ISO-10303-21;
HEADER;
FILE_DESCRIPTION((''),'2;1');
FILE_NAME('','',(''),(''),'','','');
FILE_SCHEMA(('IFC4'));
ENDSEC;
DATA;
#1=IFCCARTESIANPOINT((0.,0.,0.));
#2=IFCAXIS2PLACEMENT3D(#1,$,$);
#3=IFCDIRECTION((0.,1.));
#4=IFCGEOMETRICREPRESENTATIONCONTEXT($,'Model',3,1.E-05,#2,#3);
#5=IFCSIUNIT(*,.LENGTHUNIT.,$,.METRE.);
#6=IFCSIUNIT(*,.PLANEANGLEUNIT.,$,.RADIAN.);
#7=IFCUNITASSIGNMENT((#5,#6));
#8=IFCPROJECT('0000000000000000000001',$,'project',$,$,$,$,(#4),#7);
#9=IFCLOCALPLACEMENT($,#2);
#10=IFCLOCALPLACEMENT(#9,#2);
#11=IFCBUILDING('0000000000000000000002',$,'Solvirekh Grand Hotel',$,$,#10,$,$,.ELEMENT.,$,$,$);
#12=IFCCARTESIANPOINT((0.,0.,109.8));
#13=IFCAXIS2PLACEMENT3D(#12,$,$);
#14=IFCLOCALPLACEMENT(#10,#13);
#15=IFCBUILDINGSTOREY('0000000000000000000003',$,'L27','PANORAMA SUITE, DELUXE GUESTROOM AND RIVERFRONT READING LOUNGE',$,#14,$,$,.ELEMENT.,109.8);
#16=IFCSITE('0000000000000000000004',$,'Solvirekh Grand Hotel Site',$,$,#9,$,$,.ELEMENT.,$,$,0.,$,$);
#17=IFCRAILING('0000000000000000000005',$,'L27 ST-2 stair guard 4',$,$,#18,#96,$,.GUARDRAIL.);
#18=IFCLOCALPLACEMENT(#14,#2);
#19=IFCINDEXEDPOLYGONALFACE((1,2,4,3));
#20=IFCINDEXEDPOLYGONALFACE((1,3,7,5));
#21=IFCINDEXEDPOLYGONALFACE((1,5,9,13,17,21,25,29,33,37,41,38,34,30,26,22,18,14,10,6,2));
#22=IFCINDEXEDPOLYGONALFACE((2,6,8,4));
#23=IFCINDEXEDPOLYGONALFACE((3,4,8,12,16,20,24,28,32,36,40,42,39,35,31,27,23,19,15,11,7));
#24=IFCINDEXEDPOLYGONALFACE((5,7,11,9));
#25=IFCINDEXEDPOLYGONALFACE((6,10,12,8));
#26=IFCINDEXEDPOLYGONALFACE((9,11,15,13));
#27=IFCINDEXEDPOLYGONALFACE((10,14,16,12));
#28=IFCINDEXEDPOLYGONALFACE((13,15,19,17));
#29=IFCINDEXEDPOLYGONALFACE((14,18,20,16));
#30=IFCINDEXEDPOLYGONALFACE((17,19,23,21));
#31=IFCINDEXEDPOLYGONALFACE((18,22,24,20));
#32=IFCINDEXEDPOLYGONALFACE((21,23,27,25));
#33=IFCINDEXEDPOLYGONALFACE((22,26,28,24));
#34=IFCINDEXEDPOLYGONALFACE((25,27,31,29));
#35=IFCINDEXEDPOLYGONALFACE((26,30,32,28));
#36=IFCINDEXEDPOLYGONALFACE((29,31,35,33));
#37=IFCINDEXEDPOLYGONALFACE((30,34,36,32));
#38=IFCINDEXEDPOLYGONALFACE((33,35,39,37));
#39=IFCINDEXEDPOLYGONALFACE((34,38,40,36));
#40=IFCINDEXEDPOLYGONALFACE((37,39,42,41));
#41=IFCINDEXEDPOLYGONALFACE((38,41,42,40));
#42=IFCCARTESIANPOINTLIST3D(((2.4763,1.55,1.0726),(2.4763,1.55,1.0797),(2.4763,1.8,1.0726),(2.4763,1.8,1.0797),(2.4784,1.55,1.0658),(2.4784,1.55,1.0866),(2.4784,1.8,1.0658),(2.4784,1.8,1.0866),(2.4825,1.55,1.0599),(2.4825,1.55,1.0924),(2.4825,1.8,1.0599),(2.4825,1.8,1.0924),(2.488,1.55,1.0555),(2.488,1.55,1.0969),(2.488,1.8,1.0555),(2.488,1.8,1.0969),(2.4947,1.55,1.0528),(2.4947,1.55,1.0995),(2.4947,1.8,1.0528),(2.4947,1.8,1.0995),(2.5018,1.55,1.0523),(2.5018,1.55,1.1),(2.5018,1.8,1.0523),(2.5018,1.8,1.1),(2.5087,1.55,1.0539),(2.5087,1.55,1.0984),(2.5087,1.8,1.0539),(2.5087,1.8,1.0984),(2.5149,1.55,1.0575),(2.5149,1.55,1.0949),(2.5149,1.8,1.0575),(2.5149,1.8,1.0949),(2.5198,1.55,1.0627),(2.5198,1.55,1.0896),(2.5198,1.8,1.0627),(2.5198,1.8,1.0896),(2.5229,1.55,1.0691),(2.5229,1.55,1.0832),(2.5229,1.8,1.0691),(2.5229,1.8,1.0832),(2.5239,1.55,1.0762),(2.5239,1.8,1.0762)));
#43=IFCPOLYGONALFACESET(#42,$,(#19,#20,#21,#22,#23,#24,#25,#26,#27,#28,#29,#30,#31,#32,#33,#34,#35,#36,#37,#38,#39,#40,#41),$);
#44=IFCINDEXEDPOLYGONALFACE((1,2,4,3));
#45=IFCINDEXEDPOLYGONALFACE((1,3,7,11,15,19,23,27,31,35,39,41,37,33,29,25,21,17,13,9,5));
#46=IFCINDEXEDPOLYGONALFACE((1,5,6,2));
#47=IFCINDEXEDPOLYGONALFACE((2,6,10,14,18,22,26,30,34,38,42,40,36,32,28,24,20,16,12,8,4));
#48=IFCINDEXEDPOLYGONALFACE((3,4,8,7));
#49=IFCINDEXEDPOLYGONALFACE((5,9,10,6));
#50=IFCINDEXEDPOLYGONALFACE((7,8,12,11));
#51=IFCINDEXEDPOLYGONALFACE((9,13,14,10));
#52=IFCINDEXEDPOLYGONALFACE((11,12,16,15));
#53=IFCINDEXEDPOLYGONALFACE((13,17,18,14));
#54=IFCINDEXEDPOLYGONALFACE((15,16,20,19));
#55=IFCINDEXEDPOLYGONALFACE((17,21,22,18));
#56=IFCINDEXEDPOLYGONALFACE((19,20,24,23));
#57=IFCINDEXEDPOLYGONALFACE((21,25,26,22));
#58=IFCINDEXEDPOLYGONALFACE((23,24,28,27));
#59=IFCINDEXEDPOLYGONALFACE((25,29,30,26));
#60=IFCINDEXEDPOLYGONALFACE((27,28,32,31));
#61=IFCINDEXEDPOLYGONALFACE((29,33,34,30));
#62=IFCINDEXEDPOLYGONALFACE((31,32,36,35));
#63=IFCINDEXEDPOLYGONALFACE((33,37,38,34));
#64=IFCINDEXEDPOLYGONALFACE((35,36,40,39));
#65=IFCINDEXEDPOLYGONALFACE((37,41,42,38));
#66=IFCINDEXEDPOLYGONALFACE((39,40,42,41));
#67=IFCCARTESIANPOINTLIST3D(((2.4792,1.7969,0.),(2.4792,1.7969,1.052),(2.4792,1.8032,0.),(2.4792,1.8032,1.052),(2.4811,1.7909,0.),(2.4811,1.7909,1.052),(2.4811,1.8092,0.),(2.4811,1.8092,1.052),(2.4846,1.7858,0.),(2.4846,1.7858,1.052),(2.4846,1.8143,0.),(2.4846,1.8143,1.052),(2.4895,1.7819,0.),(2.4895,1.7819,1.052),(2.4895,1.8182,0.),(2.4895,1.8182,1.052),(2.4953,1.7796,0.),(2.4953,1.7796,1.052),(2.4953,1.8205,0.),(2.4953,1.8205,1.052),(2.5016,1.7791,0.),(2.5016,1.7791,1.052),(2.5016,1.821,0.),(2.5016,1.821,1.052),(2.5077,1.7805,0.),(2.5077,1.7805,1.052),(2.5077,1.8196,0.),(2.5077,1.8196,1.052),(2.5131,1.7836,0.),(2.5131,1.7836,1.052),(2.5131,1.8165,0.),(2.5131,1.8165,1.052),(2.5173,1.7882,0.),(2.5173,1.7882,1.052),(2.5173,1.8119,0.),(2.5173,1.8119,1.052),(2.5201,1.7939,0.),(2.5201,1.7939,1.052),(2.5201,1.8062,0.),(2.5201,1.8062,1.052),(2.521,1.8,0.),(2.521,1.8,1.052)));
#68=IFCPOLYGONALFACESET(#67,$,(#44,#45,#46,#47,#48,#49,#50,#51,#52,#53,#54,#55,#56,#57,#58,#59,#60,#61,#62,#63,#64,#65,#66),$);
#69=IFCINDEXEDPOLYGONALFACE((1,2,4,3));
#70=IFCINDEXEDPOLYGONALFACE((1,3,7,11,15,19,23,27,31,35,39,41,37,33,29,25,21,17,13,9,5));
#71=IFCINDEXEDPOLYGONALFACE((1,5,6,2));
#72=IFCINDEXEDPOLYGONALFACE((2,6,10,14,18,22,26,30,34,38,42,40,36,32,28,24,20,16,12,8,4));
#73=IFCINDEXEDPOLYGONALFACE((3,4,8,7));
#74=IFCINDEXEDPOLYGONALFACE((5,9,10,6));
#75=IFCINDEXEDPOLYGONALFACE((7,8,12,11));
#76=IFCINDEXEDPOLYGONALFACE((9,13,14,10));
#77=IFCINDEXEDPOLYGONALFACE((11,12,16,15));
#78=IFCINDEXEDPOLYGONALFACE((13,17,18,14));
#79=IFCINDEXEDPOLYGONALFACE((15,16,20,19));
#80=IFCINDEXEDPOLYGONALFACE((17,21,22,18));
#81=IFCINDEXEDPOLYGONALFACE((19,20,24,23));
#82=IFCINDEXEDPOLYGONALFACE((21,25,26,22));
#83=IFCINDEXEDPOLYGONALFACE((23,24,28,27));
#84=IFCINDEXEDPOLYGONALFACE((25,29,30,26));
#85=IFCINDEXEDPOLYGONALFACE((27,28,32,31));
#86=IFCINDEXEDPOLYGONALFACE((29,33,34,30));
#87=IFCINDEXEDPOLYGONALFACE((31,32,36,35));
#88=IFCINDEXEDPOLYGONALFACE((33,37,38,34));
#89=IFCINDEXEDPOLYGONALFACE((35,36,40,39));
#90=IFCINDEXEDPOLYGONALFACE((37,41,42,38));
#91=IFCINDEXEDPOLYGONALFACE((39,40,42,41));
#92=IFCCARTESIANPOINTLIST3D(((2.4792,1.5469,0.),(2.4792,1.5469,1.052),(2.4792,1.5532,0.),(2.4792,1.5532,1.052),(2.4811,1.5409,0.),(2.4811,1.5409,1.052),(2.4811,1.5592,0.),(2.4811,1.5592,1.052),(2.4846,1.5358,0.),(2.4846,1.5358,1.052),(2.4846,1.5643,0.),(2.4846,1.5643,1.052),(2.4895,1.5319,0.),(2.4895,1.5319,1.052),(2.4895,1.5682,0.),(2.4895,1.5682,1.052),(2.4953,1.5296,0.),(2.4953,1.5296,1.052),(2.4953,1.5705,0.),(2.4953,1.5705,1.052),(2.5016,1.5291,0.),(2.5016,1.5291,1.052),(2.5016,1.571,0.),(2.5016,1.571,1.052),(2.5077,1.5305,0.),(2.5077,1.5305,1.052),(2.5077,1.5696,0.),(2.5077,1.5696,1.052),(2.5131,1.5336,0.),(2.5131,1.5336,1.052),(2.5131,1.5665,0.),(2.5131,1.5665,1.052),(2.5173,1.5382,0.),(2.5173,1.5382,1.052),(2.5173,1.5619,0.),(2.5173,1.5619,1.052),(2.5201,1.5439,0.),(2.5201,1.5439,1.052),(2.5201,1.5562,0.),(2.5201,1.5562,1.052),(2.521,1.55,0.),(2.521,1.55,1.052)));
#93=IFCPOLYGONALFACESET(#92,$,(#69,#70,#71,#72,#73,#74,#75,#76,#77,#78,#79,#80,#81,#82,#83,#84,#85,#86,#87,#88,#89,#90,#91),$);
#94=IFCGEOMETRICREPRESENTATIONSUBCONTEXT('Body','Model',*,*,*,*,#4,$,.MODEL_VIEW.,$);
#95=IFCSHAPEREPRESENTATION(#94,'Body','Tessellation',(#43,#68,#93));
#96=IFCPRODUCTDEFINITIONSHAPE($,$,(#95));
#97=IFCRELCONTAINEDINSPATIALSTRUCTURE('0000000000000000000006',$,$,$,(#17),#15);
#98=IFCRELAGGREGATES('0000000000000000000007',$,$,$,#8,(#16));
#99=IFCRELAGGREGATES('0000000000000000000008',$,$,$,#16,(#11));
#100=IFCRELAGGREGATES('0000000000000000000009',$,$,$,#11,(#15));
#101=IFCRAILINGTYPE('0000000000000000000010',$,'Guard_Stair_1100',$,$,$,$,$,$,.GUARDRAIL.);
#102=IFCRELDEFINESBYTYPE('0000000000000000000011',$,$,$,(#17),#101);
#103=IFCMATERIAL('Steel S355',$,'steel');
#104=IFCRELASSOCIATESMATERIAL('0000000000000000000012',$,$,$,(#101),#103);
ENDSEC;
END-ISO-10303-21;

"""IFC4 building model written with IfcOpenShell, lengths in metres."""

from ifc_helpers import new_model, si_unit, direction, frame, origin, origin_2d, place, context, subcontext, project, spatial, circle, extrude, material, type_object, element, save


model = new_model("IFC4")

# Units and contexts
model_context = context("Model", 3, precision=1e-05, world=origin(), true_north=direction((0.0, 1.0)))
body_context = subcontext(model_context, "Body", "Model", "MODEL_VIEW")
ifc_project = project(units=[si_unit("LENGTHUNIT", "METRE"), si_unit("PLANEANGLEUNIT", "RADIAN")], contexts=[model_context])

# Site, building, storey
site_placement = place(None, origin())
site = spatial("IfcSite", under=ifc_project, at=site_placement, Name="Solvirekh Grand Hotel Site", CompositionType="ELEMENT", RefElevation=0.0)
building_placement = place(site_placement, origin())
building = spatial("IfcBuilding", under=site, at=building_placement, Name="Solvirekh Grand Hotel", CompositionType="ELEMENT")
storey_placement = place(building_placement, frame((0.0, 0.0, 109.8)))
storey = spatial("IfcBuildingStorey", under=building, at=storey_placement, Name="L27", Description="PANORAMA SUITE, DELUXE GUESTROOM AND RIVERFRONT READING LOUNGE", CompositionType="ELEMENT", Elevation=109.8)

# Shared definitions
ifc_material_1 = material(Name="Steel S355", Category="steel")

# Railing
railing_type_1 = type_object("IfcRailingType", Name="Guard_Stair_1100", PredefinedType="GUARDRAIL", material=ifc_material_1)
railing_1_placement = place(storey_placement, frame((2.5, 1.8, 0.0)))
element("IfcRailing", 1, at=railing_1_placement, inside=storey, type_object=railing_type_1, Name="L27 ST-2 stair guard 4", PredefinedType="GUARDRAIL", context=body_context, shape_type="SweptSolid", body=[
    extrude(circle(Radius=0.0239, at=origin_2d()), frame((0.0, 0.0, 1.0762), z_axis=(0.0, -1.0, 0.0), x_axis=(1.0, 0.0, 0.0)), (0.0, 0.0, 1.0), 0.25),
    extrude(circle(Radius=0.021, at=origin_2d()), origin(), (0.0, 0.0, 1.0), 1.052),
    extrude(circle(Radius=0.021, at=origin_2d()), frame((0.0, -0.25, 0.0)), (0.0, 0.0, 1.0), 1.052),
])

save(model, "model.ifc")
